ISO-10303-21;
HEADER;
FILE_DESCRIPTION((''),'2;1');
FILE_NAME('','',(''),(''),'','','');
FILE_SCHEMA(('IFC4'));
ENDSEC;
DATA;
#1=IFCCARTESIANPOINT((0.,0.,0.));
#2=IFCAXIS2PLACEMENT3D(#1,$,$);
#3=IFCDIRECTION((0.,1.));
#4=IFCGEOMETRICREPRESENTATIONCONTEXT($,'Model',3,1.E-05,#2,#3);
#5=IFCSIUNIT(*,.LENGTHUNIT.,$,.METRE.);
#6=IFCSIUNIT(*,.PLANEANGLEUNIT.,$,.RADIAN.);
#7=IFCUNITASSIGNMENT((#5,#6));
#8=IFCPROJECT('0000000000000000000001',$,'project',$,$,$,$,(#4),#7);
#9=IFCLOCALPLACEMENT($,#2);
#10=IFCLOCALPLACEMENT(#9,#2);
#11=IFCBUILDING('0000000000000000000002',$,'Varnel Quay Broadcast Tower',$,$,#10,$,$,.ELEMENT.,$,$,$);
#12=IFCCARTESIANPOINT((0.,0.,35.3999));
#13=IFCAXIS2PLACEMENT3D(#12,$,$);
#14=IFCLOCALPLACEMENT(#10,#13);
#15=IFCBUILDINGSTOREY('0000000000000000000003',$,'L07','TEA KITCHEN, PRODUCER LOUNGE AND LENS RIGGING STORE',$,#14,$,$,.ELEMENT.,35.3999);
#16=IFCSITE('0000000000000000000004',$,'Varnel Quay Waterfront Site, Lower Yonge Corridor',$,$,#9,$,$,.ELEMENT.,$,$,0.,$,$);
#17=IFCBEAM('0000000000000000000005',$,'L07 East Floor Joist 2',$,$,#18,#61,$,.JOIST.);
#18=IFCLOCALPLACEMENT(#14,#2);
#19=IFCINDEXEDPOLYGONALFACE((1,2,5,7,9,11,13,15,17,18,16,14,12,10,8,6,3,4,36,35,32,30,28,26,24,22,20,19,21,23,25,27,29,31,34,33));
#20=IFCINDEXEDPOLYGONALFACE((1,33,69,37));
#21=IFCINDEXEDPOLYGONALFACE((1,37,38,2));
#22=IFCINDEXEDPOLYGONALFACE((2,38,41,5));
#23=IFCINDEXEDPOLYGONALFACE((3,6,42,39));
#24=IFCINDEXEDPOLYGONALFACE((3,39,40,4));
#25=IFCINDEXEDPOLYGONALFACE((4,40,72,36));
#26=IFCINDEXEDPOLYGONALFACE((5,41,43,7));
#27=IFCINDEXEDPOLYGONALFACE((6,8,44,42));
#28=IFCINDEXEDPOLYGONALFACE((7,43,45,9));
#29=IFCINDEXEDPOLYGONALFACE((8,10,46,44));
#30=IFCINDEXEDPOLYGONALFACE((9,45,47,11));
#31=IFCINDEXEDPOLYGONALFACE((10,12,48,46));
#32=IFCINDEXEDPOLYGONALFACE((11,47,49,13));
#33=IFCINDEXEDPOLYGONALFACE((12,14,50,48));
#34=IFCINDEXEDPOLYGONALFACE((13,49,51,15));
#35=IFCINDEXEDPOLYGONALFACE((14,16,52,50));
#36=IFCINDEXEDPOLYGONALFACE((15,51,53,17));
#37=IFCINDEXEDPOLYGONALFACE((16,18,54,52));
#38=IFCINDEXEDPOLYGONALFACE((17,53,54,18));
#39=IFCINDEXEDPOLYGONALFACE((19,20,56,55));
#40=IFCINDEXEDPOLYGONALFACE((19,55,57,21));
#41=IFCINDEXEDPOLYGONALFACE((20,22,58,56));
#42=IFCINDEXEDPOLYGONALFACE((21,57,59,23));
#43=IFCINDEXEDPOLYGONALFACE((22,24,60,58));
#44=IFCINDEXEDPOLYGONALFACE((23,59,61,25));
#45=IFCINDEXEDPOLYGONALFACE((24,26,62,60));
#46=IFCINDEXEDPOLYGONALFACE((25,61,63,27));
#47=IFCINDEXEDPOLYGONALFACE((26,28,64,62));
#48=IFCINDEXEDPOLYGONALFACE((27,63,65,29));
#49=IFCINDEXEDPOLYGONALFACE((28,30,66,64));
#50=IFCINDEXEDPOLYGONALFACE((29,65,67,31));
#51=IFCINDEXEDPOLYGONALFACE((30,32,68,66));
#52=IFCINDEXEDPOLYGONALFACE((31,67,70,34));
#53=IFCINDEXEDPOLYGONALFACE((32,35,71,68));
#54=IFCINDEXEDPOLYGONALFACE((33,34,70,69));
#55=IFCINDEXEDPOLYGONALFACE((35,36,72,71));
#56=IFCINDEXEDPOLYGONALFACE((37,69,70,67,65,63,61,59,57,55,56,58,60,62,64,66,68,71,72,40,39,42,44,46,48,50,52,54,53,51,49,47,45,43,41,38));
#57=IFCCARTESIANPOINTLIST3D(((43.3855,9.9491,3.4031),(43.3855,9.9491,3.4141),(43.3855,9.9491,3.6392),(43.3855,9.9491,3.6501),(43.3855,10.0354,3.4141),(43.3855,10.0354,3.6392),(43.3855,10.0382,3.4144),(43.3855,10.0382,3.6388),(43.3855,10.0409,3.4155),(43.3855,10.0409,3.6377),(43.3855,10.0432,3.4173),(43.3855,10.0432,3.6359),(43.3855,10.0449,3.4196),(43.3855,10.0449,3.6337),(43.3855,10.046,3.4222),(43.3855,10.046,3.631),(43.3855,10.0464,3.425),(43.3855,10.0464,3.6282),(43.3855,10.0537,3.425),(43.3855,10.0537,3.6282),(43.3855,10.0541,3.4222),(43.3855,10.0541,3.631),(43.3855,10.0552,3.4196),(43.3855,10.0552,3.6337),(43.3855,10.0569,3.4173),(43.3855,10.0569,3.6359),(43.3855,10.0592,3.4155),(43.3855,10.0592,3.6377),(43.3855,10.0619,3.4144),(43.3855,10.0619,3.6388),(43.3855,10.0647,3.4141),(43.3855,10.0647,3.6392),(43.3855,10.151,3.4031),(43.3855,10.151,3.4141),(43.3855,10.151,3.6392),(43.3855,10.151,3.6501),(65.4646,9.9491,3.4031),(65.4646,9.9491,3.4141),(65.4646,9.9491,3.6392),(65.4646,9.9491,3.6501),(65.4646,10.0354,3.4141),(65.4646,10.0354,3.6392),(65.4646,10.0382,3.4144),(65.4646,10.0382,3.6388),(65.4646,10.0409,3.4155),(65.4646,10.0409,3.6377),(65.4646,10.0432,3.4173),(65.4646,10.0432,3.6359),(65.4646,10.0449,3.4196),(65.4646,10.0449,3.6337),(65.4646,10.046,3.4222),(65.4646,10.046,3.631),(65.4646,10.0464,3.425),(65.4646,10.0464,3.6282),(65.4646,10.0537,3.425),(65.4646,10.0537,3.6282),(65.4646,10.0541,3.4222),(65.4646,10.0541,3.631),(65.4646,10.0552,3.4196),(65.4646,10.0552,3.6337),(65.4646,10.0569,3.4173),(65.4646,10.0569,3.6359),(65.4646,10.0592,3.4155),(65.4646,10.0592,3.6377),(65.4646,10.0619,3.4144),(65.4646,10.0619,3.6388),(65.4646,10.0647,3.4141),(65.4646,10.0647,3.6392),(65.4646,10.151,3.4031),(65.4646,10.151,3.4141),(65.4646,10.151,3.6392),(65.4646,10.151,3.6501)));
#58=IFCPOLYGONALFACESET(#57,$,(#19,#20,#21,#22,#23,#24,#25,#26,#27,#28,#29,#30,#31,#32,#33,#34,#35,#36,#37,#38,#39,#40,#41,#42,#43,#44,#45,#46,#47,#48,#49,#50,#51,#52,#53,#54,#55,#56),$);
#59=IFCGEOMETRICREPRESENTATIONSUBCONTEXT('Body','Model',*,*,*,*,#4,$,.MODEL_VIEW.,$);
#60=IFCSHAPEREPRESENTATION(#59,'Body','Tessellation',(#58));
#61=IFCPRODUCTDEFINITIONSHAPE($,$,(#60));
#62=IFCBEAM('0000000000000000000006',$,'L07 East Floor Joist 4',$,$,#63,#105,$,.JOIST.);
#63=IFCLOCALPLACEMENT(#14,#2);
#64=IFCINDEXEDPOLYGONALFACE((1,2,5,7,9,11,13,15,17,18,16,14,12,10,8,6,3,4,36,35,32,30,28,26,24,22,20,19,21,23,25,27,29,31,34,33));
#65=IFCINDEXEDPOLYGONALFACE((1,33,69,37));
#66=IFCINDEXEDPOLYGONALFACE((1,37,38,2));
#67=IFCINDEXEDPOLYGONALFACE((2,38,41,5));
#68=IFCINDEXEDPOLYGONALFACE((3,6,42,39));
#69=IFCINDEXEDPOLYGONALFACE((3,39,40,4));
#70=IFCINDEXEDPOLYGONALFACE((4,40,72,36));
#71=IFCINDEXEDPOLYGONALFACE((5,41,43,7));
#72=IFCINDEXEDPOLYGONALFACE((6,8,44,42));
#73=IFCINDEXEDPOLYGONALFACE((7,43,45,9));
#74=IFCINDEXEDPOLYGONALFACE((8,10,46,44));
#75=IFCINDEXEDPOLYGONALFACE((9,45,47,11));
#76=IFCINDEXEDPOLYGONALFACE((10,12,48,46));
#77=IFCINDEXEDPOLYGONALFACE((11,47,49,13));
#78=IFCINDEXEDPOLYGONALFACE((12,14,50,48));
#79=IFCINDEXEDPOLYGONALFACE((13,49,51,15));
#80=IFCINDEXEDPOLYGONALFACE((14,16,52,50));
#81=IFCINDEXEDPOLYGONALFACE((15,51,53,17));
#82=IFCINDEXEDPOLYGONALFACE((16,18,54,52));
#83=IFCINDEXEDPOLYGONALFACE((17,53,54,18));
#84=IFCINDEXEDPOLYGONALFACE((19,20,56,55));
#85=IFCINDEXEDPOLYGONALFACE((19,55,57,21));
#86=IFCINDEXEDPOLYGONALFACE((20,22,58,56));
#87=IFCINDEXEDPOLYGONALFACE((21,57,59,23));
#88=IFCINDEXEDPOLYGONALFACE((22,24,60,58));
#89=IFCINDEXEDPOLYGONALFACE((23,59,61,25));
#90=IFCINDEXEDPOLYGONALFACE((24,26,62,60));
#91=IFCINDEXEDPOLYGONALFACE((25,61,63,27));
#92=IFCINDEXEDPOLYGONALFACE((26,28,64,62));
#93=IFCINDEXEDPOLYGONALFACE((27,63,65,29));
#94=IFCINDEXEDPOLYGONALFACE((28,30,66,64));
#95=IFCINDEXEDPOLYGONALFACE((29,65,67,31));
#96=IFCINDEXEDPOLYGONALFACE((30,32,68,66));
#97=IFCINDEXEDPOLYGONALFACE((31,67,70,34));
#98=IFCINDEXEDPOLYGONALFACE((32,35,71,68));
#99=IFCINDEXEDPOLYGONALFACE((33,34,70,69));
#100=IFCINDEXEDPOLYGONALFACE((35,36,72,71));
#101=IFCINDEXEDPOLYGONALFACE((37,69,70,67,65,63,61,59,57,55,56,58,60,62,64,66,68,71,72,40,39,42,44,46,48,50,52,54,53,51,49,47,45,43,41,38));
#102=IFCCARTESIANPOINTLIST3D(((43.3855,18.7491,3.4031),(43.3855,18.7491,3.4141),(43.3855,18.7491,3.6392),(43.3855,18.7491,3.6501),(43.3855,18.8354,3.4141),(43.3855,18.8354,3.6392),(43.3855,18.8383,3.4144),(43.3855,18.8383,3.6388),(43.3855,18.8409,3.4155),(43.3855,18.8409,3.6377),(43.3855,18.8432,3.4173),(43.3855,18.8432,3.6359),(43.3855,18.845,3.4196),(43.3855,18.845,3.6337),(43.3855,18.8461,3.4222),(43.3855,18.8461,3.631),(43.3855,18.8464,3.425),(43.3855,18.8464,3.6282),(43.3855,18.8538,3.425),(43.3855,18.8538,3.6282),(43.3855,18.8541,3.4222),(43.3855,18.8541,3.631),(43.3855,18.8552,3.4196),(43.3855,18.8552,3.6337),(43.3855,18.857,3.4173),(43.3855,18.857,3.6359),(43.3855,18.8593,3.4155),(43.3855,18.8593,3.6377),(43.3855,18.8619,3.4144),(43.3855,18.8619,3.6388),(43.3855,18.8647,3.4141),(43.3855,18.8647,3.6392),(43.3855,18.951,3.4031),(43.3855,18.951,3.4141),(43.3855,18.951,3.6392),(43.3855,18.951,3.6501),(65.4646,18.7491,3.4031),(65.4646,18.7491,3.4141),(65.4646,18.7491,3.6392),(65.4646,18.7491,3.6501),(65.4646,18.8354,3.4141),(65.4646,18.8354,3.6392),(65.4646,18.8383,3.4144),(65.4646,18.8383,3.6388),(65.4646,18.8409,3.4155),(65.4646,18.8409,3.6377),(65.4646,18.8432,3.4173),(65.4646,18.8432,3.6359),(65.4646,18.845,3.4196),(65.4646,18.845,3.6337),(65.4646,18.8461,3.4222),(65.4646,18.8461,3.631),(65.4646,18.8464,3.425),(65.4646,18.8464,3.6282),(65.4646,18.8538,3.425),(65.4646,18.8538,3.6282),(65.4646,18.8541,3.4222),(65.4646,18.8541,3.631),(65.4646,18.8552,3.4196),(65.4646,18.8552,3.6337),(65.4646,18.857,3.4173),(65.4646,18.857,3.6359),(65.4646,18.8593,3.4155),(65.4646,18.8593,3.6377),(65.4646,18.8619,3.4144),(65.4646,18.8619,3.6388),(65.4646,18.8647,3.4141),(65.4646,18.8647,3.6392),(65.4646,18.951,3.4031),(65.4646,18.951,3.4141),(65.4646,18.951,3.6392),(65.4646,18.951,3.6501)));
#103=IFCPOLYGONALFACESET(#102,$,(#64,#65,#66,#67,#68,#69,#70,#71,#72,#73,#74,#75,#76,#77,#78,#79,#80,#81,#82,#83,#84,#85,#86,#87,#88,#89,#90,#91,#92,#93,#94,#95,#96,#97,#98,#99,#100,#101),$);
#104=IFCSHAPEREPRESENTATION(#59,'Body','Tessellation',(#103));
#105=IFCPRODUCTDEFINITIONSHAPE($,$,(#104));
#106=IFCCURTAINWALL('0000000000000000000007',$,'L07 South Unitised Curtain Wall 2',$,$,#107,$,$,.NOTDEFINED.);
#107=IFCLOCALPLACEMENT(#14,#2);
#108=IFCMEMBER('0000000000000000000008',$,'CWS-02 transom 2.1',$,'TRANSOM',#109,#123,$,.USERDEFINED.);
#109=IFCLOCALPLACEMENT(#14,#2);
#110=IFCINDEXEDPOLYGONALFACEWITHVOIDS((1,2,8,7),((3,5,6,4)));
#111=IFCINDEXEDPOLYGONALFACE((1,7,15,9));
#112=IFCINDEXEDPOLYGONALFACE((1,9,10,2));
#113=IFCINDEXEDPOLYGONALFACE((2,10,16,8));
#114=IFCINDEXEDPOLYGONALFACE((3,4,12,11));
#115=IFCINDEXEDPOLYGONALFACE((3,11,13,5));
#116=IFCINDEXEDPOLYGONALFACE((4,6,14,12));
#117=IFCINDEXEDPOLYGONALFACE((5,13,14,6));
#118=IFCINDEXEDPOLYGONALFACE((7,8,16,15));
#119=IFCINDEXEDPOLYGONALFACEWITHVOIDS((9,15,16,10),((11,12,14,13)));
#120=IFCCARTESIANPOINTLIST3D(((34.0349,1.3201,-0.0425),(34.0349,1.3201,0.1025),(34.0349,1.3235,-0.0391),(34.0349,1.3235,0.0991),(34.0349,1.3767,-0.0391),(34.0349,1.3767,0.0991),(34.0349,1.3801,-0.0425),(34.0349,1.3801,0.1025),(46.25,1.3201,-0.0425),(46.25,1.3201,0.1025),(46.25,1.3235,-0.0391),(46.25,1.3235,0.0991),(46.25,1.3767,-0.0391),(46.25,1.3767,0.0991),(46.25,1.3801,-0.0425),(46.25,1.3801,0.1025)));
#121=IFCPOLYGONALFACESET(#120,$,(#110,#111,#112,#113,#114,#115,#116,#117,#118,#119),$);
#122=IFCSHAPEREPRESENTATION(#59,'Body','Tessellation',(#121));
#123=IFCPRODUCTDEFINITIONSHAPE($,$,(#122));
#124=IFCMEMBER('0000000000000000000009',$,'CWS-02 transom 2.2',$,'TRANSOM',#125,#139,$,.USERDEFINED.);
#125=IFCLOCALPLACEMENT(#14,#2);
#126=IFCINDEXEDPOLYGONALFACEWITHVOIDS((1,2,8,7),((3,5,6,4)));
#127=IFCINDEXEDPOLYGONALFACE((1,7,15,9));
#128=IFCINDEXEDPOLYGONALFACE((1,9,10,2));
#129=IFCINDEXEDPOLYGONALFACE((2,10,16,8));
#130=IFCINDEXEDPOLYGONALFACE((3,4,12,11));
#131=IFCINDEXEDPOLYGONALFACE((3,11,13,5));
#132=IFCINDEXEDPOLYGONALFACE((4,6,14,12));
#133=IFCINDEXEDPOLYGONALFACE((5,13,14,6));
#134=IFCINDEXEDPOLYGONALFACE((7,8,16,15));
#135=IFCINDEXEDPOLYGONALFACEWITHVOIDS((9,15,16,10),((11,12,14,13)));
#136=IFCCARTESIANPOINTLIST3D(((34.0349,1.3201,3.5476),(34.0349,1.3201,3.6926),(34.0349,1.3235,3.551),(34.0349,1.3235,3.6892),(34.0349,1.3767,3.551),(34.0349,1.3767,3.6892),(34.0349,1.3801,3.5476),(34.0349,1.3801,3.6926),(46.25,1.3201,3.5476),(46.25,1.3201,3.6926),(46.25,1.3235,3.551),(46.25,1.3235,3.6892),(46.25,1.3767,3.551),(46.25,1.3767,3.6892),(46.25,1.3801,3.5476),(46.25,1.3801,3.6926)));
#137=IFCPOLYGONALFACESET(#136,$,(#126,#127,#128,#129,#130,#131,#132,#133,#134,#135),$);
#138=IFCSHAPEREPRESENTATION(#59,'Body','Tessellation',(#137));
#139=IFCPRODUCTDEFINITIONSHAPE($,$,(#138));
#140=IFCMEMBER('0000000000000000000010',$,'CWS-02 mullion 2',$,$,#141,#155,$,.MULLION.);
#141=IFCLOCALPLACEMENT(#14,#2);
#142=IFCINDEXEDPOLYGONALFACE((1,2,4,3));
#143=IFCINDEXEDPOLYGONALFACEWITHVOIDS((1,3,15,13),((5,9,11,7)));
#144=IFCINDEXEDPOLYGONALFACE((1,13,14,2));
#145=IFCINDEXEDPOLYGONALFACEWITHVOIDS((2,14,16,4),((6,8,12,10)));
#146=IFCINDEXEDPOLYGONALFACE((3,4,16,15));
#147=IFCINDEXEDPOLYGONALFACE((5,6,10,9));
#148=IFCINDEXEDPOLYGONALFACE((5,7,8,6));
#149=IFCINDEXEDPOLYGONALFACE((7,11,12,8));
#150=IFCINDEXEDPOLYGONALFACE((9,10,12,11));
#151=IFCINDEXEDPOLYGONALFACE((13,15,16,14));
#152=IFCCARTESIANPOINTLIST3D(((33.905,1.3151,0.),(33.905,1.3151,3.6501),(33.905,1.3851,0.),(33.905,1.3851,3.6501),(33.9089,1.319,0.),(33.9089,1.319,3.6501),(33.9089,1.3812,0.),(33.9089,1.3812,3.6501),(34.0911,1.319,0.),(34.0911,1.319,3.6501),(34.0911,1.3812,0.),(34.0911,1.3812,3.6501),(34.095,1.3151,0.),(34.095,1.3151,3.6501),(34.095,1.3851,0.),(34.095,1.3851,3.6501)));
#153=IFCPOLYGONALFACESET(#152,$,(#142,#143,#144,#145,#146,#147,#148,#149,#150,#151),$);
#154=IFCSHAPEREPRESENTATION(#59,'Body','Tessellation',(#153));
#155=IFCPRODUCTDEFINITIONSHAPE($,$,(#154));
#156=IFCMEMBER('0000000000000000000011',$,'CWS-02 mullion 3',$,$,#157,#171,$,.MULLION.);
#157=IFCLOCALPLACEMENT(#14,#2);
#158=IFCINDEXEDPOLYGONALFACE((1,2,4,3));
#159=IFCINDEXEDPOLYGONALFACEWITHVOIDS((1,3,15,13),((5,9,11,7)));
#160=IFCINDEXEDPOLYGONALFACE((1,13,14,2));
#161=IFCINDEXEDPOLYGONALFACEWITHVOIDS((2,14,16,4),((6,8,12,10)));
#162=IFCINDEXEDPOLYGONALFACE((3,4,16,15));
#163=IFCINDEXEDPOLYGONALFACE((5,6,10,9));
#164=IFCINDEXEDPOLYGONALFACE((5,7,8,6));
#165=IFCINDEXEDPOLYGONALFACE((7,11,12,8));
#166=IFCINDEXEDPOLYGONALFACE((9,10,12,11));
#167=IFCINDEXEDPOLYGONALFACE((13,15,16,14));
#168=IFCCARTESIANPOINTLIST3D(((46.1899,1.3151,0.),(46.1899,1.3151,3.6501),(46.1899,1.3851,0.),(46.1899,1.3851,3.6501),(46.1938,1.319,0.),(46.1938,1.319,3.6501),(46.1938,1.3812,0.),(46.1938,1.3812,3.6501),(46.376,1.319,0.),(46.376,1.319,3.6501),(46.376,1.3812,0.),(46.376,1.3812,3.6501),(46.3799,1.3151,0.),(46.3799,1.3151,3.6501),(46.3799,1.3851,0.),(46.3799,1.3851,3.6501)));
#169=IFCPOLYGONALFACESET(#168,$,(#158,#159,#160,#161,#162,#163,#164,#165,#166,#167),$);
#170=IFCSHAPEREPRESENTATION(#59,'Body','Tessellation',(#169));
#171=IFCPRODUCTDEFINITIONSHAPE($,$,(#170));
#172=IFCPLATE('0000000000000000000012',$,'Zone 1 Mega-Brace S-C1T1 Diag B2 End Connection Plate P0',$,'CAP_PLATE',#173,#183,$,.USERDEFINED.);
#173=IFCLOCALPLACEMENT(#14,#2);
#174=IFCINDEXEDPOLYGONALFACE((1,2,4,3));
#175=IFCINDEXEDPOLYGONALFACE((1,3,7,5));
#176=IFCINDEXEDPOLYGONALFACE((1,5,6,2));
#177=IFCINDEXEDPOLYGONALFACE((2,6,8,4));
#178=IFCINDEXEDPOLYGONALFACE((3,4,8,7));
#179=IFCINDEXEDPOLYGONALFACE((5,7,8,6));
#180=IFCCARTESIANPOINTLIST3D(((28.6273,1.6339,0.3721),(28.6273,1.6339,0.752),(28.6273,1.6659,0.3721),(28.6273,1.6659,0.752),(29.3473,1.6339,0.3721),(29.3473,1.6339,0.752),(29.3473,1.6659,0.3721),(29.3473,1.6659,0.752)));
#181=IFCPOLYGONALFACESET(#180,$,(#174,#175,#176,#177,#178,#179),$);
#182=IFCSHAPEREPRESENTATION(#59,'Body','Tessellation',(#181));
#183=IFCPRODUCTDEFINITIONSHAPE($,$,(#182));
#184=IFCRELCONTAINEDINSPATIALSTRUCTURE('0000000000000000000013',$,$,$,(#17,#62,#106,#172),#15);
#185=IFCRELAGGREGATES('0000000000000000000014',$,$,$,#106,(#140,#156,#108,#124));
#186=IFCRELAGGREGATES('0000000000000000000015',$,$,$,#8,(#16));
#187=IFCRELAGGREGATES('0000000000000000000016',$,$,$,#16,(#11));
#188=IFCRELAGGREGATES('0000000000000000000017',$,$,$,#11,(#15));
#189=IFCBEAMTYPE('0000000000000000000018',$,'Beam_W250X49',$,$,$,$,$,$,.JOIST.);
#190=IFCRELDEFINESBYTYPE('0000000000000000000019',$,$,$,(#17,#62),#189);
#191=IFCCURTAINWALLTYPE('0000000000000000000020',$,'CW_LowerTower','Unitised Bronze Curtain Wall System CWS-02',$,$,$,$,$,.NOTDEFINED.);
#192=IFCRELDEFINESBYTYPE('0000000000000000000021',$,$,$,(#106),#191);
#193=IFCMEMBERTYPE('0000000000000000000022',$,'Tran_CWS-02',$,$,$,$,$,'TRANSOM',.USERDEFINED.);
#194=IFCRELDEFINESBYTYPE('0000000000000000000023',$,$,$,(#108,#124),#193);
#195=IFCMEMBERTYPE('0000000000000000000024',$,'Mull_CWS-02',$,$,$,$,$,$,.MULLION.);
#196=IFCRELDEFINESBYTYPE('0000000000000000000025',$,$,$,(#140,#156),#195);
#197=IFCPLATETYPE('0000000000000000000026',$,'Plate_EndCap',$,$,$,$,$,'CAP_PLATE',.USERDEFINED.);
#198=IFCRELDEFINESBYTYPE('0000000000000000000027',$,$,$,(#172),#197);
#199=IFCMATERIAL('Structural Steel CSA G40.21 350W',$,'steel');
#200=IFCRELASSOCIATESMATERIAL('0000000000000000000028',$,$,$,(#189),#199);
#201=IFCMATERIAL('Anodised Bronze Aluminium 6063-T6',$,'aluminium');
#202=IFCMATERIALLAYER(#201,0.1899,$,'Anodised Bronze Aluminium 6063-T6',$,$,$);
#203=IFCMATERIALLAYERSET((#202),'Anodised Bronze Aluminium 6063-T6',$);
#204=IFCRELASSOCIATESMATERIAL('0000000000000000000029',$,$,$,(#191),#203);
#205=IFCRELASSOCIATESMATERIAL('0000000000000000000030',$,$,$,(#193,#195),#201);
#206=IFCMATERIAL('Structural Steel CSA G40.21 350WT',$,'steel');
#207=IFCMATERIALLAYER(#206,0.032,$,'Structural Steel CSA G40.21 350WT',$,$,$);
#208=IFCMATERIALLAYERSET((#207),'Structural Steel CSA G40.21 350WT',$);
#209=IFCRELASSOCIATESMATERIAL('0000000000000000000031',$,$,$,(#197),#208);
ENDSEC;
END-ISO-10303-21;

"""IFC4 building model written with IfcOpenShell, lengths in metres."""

from ifc_helpers import new_model, si_unit, direction, frame, origin, origin_2d, place, context, subcontext, project, spatial, rectangle, hollow_rectangle, i_section, extrude, source, transform, mapped, material, layer, layer_set, material_profile, profile_set, type_object, type_shapes, element, aggregate, save


model = new_model("IFC4")

# Units and contexts
model_context = context("Model", 3, precision=1e-05, world=origin(), true_north=direction((0.0, 1.0)))
body_context = subcontext(model_context, "Body", "Model", "MODEL_VIEW")
ifc_project = project(units=[si_unit("LENGTHUNIT", "METRE"), si_unit("PLANEANGLEUNIT", "RADIAN")], contexts=[model_context])

# Site, building, storey
site_placement = place(None, origin())
site = spatial("IfcSite", under=ifc_project, at=site_placement, Name="Varnel Quay Waterfront Site, Lower Yonge Corridor", CompositionType="ELEMENT", RefElevation=0.0)
building_placement = place(site_placement, origin())
building = spatial("IfcBuilding", under=site, at=building_placement, Name="Varnel Quay Broadcast Tower", CompositionType="ELEMENT")
storey_placement = place(building_placement, frame((0.0, 0.0, 35.3999)))
storey = spatial("IfcBuildingStorey", under=building, at=storey_placement, Name="L07", Description="TEA KITCHEN, PRODUCER LOUNGE AND LENS RIGGING STORE", CompositionType="ELEMENT", Elevation=35.3999)

# Shared definitions
ifc_material_1 = material(Name="Structural Steel CSA G40.21 350W", Category="steel")

# Beams
ifc_material_profile_1 = material_profile(ifc_material_1, i_section(OverallWidth=0.2019, OverallDepth=0.2471, WebThickness=0.0073, FlangeThickness=0.011, FilletRadius=0.011, at=origin_2d()), Name="W250X49")
ifc_profile_set_1 = profile_set([ifc_material_profile_1], Name="Structural Steel CSA G40.21 350W")
beam_type_1 = type_object("IfcBeamType", Name="Beam_W250X49", PredefinedType="JOIST", material=ifc_profile_set_1)
shared_shape_1 = source(origin(), body_context, "Body", "SweptSolid", [
    extrude(i_section(OverallWidth=0.2019, OverallDepth=0.2471, WebThickness=0.0073, FlangeThickness=0.011, FilletRadius=0.011, at=origin_2d()), origin(), (0.0, 0.0, 1.0), 22.0791),
])
type_shapes(beam_type_1, [shared_shape_1])
for number, where, z_axis, x_axis, name in (
    (1, (43.3855, 10.05, 3.5266), (1.0, 0.0, 0.0), (0.0, 1.0, 0.0), "L07 East Floor Joist 2"),
    (2, (43.3855, 18.8501, 3.5266), (1.0, 0.0, 0.0), (0.0, 1.0, 0.0), "L07 East Floor Joist 4"),
):
    element("IfcBeam", number, at=place(storey_placement, frame(where, z_axis=z_axis, x_axis=x_axis)), inside=storey, type_object=beam_type_1, Name=name, PredefinedType="JOIST", context=body_context, shape_type="MappedRepresentation", body=[
        mapped(shared_shape_1, transform((0.0, 0.0, 0.0), x_axis=(1.0, 0.0, 0.0), y_axis=(0.0, 1.0, 0.0), z_axis=(0.0, 0.0, 1.0), scale=1.0)),
    ])

# Curtain wall, members
ifc_material_2 = material(Name="Anodised Bronze Aluminium 6063-T6", Category="aluminium")
ifc_layer_1 = layer(ifc_material_2, 0.1899, Name="Anodised Bronze Aluminium 6063-T6")
ifc_layer_set_1 = layer_set([ifc_layer_1], Name="Anodised Bronze Aluminium 6063-T6")
curtain_wall_type = type_object("IfcCurtainWallType", Name="CW_LowerTower", Description="Unitised Bronze Curtain Wall System CWS-02", PredefinedType="NOTDEFINED", material=ifc_layer_set_1)
curtain_wall_placement = place(storey_placement, origin())
curtain_wall = element("IfcCurtainWall", 3, at=curtain_wall_placement, inside=storey, type_object=curtain_wall_type, Name="L07 South Unitised Curtain Wall 2", PredefinedType="NOTDEFINED")
ifc_material_profile_2 = material_profile(ifc_material_2, hollow_rectangle(XDim=0.0601, YDim=0.145, WallThickness=0.0034, at=origin_2d()), Name="ALU60X145X3.5")
ifc_profile_set_2 = profile_set([ifc_material_profile_2], Name="Anodised Bronze Aluminium 6063-T6")
member_type_1 = type_object("IfcMemberType", Name="Tran_CWS-02", ElementType="TRANSOM", PredefinedType="USERDEFINED", material=ifc_profile_set_2)
shared_shape_2 = source(origin(), body_context, "Body", "SweptSolid", [
    extrude(hollow_rectangle(XDim=0.0601, YDim=0.145, WallThickness=0.0034, at=origin_2d()), origin(), (0.0, 0.0, 1.0), 12.2151),
])
type_shapes(member_type_1, [shared_shape_2])
member_1_placement = place(storey_placement, frame((34.0349, 1.3501, 0.03), z_axis=(1.0, 0.0, 0.0), x_axis=(0.0, 1.0, 0.0)))
member_1 = element("IfcMember", 4, at=member_1_placement, type_object=member_type_1, Name="CWS-02 transom 2.1", ObjectType="TRANSOM", PredefinedType="USERDEFINED", context=body_context, shape_type="MappedRepresentation", body=[
    mapped(shared_shape_2, transform((0.0, 0.0, 0.0), x_axis=(1.0, 0.0, 0.0), y_axis=(0.0, 1.0, 0.0), z_axis=(0.0, 0.0, 1.0), scale=1.0)),
])
member_2_placement = place(storey_placement, frame((34.0349, 1.3501, 3.6201), z_axis=(1.0, 0.0, 0.0), x_axis=(0.0, 1.0, 0.0)))
member_2 = element("IfcMember", 5, at=member_2_placement, type_object=member_type_1, Name="CWS-02 transom 2.2", ObjectType="TRANSOM", PredefinedType="USERDEFINED", context=body_context, shape_type="MappedRepresentation", body=[
    mapped(shared_shape_2, transform((0.0, 0.0, 0.0), x_axis=(1.0, 0.0, 0.0), y_axis=(0.0, 1.0, 0.0), z_axis=(0.0, 0.0, 1.0), scale=1.0)),
])
ifc_material_profile_3 = material_profile(ifc_material_2, hollow_rectangle(XDim=0.0701, YDim=0.1899, WallThickness=0.0039, at=origin_2d()), Name="ALU70X190X4")
ifc_profile_set_3 = profile_set([ifc_material_profile_3], Name="Anodised Bronze Aluminium 6063-T6")
member_type_2 = type_object("IfcMemberType", Name="Mull_CWS-02", PredefinedType="MULLION", material=ifc_profile_set_3)
shared_shape_3 = source(origin(), body_context, "Body", "SweptSolid", [
    extrude(hollow_rectangle(XDim=0.0701, YDim=0.1899, WallThickness=0.0039, at=origin_2d()), origin(), (0.0, 0.0, 1.0), 3.6501),
])
type_shapes(member_type_2, [shared_shape_3])
member_3_placement = place(storey_placement, frame((34.0, 1.3501, 0.0), z_axis=(0.0, 0.0, 1.0), x_axis=(0.0, 1.0, 0.0)))
member_3 = element("IfcMember", 6, at=member_3_placement, type_object=member_type_2, Name="CWS-02 mullion 2", PredefinedType="MULLION", context=body_context, shape_type="MappedRepresentation", body=[
    mapped(shared_shape_3, transform((0.0, 0.0, 0.0), x_axis=(1.0, 0.0, 0.0), y_axis=(0.0, 1.0, 0.0), z_axis=(0.0, 0.0, 1.0), scale=1.0)),
])
member_4_placement = place(storey_placement, frame((46.2849, 1.3501, 0.0), z_axis=(0.0, 0.0, 1.0), x_axis=(0.0, 1.0, 0.0)))
member_4 = element("IfcMember", 7, at=member_4_placement, type_object=member_type_2, Name="CWS-02 mullion 3", PredefinedType="MULLION", context=body_context, shape_type="MappedRepresentation", body=[
    mapped(shared_shape_3, transform((0.0, 0.0, 0.0), x_axis=(1.0, 0.0, 0.0), y_axis=(0.0, 1.0, 0.0), z_axis=(0.0, 0.0, 1.0), scale=1.0)),
])

# Plate
ifc_material_3 = material(Name="Structural Steel CSA G40.21 350WT", Category="steel")
ifc_layer_2 = layer(ifc_material_3, 0.032, Name="Structural Steel CSA G40.21 350WT")
ifc_layer_set_2 = layer_set([ifc_layer_2], Name="Structural Steel CSA G40.21 350WT")
plate_type_1 = type_object("IfcPlateType", Name="Plate_EndCap", ElementType="CAP_PLATE", PredefinedType="USERDEFINED", material=ifc_layer_set_2)
shared_shape_4 = source(origin(), body_context, "Body", "SweptSolid", [
    extrude(rectangle(XDim=0.72, YDim=0.032, at=origin_2d()), origin(), (0.0, 0.0, 1.0), 0.3799),
])
type_shapes(plate_type_1, [shared_shape_4])
for number, where, z_axis, x_axis, name in (
    (8, (28.9873, 1.6499, 0.3721), (0.0, 0.0, 1.0), (1.0, 0.0, 0.0), "Zone 1 Mega-Brace S-C1T1 Diag B2 End Connection Plate P0"),
):
    element("IfcPlate", number, at=place(storey_placement, frame(where, z_axis=z_axis, x_axis=x_axis)), inside=storey, type_object=plate_type_1, Name=name, ObjectType="CAP_PLATE", PredefinedType="USERDEFINED", context=body_context, shape_type="MappedRepresentation", body=[
        mapped(shared_shape_4, transform((0.0, 0.0, 0.0), x_axis=(1.0, 0.0, 0.0), y_axis=(0.0, 1.0, 0.0), z_axis=(0.0, 0.0, 1.0), scale=1.0)),
    ])

aggregate(curtain_wall, [member_3, member_4, member_1, member_2])

save(model, "model.ifc")
